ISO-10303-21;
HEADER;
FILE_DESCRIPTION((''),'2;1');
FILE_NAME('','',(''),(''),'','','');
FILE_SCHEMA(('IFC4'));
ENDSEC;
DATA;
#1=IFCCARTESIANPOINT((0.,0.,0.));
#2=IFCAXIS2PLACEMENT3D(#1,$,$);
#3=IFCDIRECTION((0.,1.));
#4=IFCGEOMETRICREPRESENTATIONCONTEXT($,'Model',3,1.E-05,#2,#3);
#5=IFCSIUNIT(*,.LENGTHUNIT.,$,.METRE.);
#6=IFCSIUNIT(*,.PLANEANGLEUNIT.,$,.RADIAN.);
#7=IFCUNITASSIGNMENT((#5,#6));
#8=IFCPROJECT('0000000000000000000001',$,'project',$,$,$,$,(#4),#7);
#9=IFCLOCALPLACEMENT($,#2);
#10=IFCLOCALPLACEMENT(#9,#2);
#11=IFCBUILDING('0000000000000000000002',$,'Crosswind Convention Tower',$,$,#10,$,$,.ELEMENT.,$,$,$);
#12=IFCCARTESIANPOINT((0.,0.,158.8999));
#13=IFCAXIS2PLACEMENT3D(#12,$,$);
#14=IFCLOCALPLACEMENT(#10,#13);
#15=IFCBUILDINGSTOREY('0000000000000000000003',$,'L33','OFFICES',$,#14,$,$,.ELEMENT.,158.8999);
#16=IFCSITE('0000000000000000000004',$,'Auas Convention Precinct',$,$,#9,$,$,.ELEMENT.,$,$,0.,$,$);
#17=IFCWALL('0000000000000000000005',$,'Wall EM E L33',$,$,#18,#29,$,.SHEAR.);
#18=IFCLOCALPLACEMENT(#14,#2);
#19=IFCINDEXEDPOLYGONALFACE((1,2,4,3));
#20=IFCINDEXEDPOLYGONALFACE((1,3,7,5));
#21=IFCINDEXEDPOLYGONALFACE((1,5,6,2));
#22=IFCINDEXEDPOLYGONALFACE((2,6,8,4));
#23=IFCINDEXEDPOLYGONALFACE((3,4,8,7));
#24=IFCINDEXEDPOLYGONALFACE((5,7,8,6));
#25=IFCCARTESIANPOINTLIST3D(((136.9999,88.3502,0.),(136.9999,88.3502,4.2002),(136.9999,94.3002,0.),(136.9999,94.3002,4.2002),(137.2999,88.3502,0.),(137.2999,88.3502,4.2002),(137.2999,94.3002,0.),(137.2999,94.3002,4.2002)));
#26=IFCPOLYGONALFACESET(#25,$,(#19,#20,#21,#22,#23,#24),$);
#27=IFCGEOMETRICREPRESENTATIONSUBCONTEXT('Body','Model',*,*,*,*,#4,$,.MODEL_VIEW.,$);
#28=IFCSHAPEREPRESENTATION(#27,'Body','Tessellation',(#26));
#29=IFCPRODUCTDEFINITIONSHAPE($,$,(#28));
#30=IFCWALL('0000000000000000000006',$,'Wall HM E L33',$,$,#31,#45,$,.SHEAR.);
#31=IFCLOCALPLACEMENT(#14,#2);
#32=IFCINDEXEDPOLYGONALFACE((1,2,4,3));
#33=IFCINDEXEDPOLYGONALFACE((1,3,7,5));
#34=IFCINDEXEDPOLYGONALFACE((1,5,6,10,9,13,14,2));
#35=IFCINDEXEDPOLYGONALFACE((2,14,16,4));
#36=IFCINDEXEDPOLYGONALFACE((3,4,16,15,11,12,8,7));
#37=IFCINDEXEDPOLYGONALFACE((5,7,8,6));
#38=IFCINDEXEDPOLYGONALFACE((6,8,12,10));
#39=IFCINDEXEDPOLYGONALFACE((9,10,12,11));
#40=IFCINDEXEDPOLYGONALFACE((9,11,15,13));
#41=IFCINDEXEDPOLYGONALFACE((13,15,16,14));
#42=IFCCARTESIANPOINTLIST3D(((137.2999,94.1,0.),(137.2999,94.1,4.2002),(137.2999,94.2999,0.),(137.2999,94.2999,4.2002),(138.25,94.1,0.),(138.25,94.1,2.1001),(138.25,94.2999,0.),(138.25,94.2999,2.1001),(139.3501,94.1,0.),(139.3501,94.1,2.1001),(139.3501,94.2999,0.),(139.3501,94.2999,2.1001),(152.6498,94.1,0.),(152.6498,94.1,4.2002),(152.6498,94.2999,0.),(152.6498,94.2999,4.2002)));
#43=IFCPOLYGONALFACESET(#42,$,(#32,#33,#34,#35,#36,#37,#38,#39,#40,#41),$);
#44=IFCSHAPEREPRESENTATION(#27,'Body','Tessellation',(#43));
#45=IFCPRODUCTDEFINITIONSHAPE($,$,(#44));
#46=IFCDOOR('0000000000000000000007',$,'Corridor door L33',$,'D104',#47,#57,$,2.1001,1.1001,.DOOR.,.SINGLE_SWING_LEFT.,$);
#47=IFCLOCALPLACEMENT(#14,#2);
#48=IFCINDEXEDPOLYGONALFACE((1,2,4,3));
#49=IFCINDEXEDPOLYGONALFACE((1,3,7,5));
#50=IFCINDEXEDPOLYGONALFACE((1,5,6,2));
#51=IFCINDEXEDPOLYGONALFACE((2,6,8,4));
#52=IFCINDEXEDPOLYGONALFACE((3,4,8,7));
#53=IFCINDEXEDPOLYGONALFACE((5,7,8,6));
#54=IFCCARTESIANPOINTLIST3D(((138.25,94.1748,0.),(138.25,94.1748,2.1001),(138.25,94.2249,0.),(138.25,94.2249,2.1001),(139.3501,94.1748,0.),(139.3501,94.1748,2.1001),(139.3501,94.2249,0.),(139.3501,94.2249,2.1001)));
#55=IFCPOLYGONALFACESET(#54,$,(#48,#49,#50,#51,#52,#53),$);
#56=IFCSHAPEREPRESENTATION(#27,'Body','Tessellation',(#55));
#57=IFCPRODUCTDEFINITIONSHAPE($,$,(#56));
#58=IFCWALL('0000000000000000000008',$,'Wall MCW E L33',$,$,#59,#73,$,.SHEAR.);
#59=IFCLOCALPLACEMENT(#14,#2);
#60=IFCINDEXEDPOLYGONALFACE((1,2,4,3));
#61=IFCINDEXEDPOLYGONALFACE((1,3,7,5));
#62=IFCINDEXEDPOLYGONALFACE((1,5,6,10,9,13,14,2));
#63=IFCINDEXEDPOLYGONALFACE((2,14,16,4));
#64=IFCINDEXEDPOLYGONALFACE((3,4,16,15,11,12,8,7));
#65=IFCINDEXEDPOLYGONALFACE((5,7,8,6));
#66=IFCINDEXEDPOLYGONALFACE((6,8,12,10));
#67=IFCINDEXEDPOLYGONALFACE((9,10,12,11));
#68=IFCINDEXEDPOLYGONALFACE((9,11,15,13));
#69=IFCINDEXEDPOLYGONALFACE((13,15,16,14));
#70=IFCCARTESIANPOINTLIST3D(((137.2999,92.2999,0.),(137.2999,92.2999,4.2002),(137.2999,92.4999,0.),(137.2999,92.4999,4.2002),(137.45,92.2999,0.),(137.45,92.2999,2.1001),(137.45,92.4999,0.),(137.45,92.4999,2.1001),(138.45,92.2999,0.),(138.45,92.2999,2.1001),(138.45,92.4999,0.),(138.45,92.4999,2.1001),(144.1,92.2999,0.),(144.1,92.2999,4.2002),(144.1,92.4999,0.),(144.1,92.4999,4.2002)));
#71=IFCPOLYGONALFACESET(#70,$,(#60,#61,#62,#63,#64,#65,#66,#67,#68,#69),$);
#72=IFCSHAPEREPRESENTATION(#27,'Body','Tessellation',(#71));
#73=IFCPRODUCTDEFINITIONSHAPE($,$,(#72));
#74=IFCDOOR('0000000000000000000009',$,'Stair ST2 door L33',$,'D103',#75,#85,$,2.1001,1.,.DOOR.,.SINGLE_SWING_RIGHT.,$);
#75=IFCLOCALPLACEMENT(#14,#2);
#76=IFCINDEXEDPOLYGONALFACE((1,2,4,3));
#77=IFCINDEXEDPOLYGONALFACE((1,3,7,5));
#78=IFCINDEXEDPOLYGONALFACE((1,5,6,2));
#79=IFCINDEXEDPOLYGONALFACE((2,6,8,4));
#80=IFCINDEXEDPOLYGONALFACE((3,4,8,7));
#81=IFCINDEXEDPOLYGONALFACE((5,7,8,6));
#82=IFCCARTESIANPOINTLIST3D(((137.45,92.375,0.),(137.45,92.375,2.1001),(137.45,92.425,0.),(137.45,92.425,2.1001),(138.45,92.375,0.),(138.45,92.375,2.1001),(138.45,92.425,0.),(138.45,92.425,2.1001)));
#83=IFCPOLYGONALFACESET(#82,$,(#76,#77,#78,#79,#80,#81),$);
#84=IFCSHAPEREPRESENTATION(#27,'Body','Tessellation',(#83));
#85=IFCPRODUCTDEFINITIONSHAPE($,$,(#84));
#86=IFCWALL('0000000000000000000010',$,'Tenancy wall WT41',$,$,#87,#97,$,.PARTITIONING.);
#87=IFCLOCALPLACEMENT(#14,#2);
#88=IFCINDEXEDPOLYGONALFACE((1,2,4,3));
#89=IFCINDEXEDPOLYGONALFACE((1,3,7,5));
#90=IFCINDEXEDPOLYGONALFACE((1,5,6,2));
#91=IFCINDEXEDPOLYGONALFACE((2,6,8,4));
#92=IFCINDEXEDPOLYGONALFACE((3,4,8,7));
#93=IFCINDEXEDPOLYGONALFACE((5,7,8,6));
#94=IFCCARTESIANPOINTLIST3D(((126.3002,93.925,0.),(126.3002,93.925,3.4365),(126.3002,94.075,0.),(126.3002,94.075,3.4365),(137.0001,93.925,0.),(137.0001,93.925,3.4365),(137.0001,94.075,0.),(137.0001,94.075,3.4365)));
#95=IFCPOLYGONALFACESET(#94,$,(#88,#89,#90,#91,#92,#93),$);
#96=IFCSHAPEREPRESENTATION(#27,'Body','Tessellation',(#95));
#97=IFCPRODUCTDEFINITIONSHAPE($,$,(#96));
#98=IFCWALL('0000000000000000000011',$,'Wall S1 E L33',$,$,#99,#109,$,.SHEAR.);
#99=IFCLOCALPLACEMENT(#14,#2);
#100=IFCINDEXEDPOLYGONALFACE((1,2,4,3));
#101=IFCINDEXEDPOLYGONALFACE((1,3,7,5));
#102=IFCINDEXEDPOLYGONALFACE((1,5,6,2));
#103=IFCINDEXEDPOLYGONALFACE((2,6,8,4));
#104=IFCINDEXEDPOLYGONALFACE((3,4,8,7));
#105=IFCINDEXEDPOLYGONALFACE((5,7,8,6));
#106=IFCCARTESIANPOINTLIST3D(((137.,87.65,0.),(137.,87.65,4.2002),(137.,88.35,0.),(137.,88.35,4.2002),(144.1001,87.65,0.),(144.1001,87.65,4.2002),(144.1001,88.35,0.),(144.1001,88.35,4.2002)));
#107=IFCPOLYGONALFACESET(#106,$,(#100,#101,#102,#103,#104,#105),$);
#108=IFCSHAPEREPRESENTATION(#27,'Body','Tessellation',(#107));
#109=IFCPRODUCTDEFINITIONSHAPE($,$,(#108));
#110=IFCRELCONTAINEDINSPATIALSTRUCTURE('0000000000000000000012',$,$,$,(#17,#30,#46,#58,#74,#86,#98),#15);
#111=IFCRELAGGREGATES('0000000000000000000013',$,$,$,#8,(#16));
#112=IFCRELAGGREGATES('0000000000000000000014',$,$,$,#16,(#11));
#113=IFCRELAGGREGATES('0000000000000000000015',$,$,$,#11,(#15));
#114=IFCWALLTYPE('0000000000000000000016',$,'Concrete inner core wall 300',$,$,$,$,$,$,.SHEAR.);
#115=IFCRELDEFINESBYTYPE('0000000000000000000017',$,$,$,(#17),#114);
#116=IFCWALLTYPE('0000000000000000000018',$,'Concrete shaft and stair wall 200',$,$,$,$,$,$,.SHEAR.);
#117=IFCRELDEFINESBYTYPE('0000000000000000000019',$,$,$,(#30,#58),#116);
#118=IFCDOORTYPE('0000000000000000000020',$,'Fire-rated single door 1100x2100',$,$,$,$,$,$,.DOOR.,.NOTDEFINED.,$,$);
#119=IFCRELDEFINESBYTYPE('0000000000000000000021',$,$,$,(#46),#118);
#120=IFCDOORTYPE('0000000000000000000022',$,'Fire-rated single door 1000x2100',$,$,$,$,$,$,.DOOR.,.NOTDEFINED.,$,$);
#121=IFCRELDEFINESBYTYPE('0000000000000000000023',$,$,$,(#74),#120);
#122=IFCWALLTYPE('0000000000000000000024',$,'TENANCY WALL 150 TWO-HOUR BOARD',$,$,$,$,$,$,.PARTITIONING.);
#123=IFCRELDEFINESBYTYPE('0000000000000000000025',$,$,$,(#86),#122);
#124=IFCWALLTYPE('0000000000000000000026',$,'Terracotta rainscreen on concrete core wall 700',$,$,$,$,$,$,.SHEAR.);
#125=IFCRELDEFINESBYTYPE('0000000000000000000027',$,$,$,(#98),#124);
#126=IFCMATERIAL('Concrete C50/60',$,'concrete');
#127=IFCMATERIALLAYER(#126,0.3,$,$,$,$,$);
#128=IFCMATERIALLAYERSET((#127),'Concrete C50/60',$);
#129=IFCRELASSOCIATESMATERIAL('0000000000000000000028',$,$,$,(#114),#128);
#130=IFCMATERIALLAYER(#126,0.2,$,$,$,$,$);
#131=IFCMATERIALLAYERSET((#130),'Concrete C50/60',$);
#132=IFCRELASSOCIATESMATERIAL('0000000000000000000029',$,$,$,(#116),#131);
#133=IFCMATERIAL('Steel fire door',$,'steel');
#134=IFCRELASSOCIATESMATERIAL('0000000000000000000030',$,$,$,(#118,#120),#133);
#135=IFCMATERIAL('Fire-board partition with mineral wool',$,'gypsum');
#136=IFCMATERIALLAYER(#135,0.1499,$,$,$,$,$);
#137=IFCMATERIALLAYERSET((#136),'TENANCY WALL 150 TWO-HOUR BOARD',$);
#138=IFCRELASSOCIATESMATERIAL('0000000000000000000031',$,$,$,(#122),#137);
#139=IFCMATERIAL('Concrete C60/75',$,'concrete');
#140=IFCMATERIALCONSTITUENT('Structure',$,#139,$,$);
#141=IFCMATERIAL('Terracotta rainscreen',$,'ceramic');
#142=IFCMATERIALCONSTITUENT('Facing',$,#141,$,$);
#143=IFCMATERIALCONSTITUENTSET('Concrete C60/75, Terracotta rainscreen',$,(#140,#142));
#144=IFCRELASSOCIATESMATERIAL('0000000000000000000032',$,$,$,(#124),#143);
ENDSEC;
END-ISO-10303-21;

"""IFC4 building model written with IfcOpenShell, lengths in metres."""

from ifc_helpers import new_model, si_unit, direction, frame, frame_2d, origin, place, context, subcontext, project, spatial, rectangle, extrude, material, layer, layer_set, constituent, constituent_set, type_object, element, fill, save


model = new_model("IFC4")

# Units and contexts
model_context = context("Model", 3, precision=1e-05, world=origin(), true_north=direction((0.0, 1.0)))
body_context = subcontext(model_context, "Body", "Model", "MODEL_VIEW")
ifc_project = project(units=[si_unit("LENGTHUNIT", "METRE"), si_unit("PLANEANGLEUNIT", "RADIAN")], contexts=[model_context])

# Site, building, storey
site_placement = place(None, origin())
site = spatial("IfcSite", under=ifc_project, at=site_placement, Name="Auas Convention Precinct", CompositionType="ELEMENT", RefElevation=0.0)
building_placement = place(site_placement, origin())
building = spatial("IfcBuilding", under=site, at=building_placement, Name="Crosswind Convention Tower", CompositionType="ELEMENT")
storey_placement = place(building_placement, frame((0.0, 0.0, 158.8999)))
storey = spatial("IfcBuildingStorey", under=building, at=storey_placement, Name="L33", Description="OFFICES", CompositionType="ELEMENT", Elevation=158.8999)

# Shared definitions
ifc_material_1 = material(Name="Concrete C50/60", Category="concrete")
ifc_layer_1 = layer(ifc_material_1, 0.3)
ifc_layer_set_1 = layer_set([ifc_layer_1], Name="Concrete C50/60")
wall_type_1 = type_object("IfcWallType", Name="Concrete inner core wall 300", PredefinedType="SHEAR", material=ifc_layer_set_1)

# Wall
wall_1_placement = place(storey_placement, frame((137.1499, 88.3501, 0.0), z_axis=(0.0, 0.0, 1.0), x_axis=(0.0, 1.0, 0.0)))
element("IfcWall", 1, at=wall_1_placement, inside=storey, type_object=wall_type_1, Name="Wall EM E L33", PredefinedType="SHEAR", context=body_context, shape_type="SweptSolid", body=[
    extrude(rectangle(XDim=5.95, YDim=0.3, at=frame_2d((2.9751, 0.0))), origin(), (0.0, 0.0, 1.0), 4.2002),
])

# Walls, openings, doors
ifc_layer_2 = layer(ifc_material_1, 0.2)
ifc_layer_set_2 = layer_set([ifc_layer_2], Name="Concrete C50/60")
wall_type_2 = type_object("IfcWallType", Name="Concrete shaft and stair wall 200", PredefinedType="SHEAR", material=ifc_layer_set_2)
wall_2_placement = place(storey_placement, frame((137.3, 94.2, 0.0), z_axis=(0.0, 0.0, 1.0), x_axis=(1.0, 0.0, 0.0)))
wall_2 = element("IfcWall", 2, at=wall_2_placement, inside=storey, type_object=wall_type_2, Name="Wall HM E L33", PredefinedType="SHEAR", context=body_context, shape_type="SweptSolid", body=[
    extrude(rectangle(XDim=15.3499, YDim=0.2, at=frame_2d((7.6748, 0.0))), origin(), (0.0, 0.0, 1.0), 4.2002),
])
opening_1_placement = place(wall_2_placement, frame((0.95, 0.0, 0.0)))
opening_1 = element("IfcOpeningElement", 3, at=opening_1_placement, cuts=wall_2, PredefinedType="OPENING", context=body_context, shape_type="SweptSolid", body=[
    extrude(rectangle(XDim=1.1001, YDim=2.1001, at=frame_2d((0.55, 1.05))), frame((0.0, 0.1099, 0.0), z_axis=(0.0, -1.0, 0.0), x_axis=(1.0, 0.0, 0.0)), (0.0, 0.0, 1.0), 0.22),
])
ifc_material_2 = material(Name="Steel fire door", Category="steel")
door_type_1 = type_object("IfcDoorType", Name="Fire-rated single door 1100x2100", OperationType="NOTDEFINED", PredefinedType="DOOR", material=ifc_material_2)
door_1_placement = place(opening_1_placement, origin())
door_1 = element("IfcDoor", 4, at=door_1_placement, inside=storey, type_object=door_type_1, Name="Corridor door L33", ObjectType="D104", OperationType="SINGLE_SWING_LEFT", OverallHeight=2.1001, OverallWidth=1.1001, PredefinedType="DOOR", context=body_context, shape_type="SweptSolid", body=[
    extrude(rectangle(XDim=1.1001, YDim=2.1001, at=frame_2d((0.55, 1.05))), frame((0.0, 0.0249, 0.0), z_axis=(0.0, -1.0, 0.0), x_axis=(1.0, 0.0, 0.0)), (0.0, 0.0, 1.0), 0.05),
])
fill(opening_1, door_1)
wall_3_placement = place(storey_placement, frame((137.3, 92.3999, 0.0), z_axis=(0.0, 0.0, 1.0), x_axis=(1.0, 0.0, 0.0)))
wall_3 = element("IfcWall", 5, at=wall_3_placement, inside=storey, type_object=wall_type_2, Name="Wall MCW E L33", PredefinedType="SHEAR", context=body_context, shape_type="SweptSolid", body=[
    extrude(rectangle(XDim=6.8, YDim=0.2, at=frame_2d((3.3999, 0.0))), origin(), (0.0, 0.0, 1.0), 4.2002),
])
opening_2_placement = place(wall_3_placement, frame((0.1499, 0.0, 0.0)))
opening_2 = element("IfcOpeningElement", 6, at=opening_2_placement, cuts=wall_3, PredefinedType="OPENING", context=body_context, shape_type="SweptSolid", body=[
    extrude(rectangle(XDim=1.0, YDim=2.1001, at=frame_2d((0.5, 1.05))), frame((0.0, 0.1099, 0.0), z_axis=(0.0, -1.0, 0.0), x_axis=(1.0, 0.0, 0.0)), (0.0, 0.0, 1.0), 0.22),
])
door_type_2 = type_object("IfcDoorType", Name="Fire-rated single door 1000x2100", OperationType="NOTDEFINED", PredefinedType="DOOR", material=ifc_material_2)
door_2_placement = place(opening_2_placement, frame((1.0, 0.0, 0.0), z_axis=(0.0, 0.0, 1.0), x_axis=(-1.0, 0.0, 0.0)))
door_2 = element("IfcDoor", 7, at=door_2_placement, inside=storey, type_object=door_type_2, Name="Stair ST2 door L33", ObjectType="D103", OperationType="SINGLE_SWING_RIGHT", OverallHeight=2.1001, OverallWidth=1.0, PredefinedType="DOOR", context=body_context, shape_type="SweptSolid", body=[
    extrude(rectangle(XDim=1.0, YDim=2.1001, at=frame_2d((0.5, 1.05))), frame((0.0, 0.0249, 0.0), z_axis=(0.0, -1.0, 0.0), x_axis=(1.0, 0.0, 0.0)), (0.0, 0.0, 1.0), 0.05),
])
fill(opening_2, door_2)

# Walls
ifc_material_3 = material(Name="Fire-board partition with mineral wool", Category="gypsum")
ifc_layer_3 = layer(ifc_material_3, 0.1499)
ifc_layer_set_3 = layer_set([ifc_layer_3], Name="TENANCY WALL 150 TWO-HOUR BOARD")
wall_type_3 = type_object("IfcWallType", Name="TENANCY WALL 150 TWO-HOUR BOARD", PredefinedType="PARTITIONING", material=ifc_layer_set_3)
wall_4_placement = place(storey_placement, frame((126.3, 94.0, 0.0), z_axis=(0.0, 0.0, 1.0), x_axis=(1.0, 0.0, 0.0)))
element("IfcWall", 8, at=wall_4_placement, inside=storey, type_object=wall_type_3, Name="Tenancy wall WT41", PredefinedType="PARTITIONING", context=body_context, shape_type="SweptSolid", body=[
    extrude(rectangle(XDim=10.7, YDim=0.1499, at=frame_2d((5.3501, 0.0))), origin(), (0.0, 0.0, 1.0), 3.4365),
])
ifc_material_4 = material(Name="Concrete C60/75", Category="concrete")
ifc_constituent_1 = constituent(ifc_material_4, Name="Structure")
ifc_material_5 = material(Name="Terracotta rainscreen", Category="ceramic")
ifc_constituent_2 = constituent(ifc_material_5, Name="Facing")
ifc_constituent_set = constituent_set(constituents=[ifc_constituent_1, ifc_constituent_2], Name="Concrete C60/75, Terracotta rainscreen")
wall_type_4 = type_object("IfcWallType", Name="Terracotta rainscreen on concrete core wall 700", PredefinedType="SHEAR", material=ifc_constituent_set)
wall_5_placement = place(storey_placement, frame((137.0, 88.0, 0.0), z_axis=(0.0, 0.0, 1.0), x_axis=(1.0, 0.0, 0.0)))
element("IfcWall", 9, at=wall_5_placement, inside=storey, type_object=wall_type_4, Name="Wall S1 E L33", PredefinedType="SHEAR", context=body_context, shape_type="SweptSolid", body=[
    extrude(rectangle(XDim=7.1001, YDim=0.7, at=frame_2d((3.55, 0.0))), origin(), (0.0, 0.0, 1.0), 4.2002),
])

save(model, "model.ifc")
